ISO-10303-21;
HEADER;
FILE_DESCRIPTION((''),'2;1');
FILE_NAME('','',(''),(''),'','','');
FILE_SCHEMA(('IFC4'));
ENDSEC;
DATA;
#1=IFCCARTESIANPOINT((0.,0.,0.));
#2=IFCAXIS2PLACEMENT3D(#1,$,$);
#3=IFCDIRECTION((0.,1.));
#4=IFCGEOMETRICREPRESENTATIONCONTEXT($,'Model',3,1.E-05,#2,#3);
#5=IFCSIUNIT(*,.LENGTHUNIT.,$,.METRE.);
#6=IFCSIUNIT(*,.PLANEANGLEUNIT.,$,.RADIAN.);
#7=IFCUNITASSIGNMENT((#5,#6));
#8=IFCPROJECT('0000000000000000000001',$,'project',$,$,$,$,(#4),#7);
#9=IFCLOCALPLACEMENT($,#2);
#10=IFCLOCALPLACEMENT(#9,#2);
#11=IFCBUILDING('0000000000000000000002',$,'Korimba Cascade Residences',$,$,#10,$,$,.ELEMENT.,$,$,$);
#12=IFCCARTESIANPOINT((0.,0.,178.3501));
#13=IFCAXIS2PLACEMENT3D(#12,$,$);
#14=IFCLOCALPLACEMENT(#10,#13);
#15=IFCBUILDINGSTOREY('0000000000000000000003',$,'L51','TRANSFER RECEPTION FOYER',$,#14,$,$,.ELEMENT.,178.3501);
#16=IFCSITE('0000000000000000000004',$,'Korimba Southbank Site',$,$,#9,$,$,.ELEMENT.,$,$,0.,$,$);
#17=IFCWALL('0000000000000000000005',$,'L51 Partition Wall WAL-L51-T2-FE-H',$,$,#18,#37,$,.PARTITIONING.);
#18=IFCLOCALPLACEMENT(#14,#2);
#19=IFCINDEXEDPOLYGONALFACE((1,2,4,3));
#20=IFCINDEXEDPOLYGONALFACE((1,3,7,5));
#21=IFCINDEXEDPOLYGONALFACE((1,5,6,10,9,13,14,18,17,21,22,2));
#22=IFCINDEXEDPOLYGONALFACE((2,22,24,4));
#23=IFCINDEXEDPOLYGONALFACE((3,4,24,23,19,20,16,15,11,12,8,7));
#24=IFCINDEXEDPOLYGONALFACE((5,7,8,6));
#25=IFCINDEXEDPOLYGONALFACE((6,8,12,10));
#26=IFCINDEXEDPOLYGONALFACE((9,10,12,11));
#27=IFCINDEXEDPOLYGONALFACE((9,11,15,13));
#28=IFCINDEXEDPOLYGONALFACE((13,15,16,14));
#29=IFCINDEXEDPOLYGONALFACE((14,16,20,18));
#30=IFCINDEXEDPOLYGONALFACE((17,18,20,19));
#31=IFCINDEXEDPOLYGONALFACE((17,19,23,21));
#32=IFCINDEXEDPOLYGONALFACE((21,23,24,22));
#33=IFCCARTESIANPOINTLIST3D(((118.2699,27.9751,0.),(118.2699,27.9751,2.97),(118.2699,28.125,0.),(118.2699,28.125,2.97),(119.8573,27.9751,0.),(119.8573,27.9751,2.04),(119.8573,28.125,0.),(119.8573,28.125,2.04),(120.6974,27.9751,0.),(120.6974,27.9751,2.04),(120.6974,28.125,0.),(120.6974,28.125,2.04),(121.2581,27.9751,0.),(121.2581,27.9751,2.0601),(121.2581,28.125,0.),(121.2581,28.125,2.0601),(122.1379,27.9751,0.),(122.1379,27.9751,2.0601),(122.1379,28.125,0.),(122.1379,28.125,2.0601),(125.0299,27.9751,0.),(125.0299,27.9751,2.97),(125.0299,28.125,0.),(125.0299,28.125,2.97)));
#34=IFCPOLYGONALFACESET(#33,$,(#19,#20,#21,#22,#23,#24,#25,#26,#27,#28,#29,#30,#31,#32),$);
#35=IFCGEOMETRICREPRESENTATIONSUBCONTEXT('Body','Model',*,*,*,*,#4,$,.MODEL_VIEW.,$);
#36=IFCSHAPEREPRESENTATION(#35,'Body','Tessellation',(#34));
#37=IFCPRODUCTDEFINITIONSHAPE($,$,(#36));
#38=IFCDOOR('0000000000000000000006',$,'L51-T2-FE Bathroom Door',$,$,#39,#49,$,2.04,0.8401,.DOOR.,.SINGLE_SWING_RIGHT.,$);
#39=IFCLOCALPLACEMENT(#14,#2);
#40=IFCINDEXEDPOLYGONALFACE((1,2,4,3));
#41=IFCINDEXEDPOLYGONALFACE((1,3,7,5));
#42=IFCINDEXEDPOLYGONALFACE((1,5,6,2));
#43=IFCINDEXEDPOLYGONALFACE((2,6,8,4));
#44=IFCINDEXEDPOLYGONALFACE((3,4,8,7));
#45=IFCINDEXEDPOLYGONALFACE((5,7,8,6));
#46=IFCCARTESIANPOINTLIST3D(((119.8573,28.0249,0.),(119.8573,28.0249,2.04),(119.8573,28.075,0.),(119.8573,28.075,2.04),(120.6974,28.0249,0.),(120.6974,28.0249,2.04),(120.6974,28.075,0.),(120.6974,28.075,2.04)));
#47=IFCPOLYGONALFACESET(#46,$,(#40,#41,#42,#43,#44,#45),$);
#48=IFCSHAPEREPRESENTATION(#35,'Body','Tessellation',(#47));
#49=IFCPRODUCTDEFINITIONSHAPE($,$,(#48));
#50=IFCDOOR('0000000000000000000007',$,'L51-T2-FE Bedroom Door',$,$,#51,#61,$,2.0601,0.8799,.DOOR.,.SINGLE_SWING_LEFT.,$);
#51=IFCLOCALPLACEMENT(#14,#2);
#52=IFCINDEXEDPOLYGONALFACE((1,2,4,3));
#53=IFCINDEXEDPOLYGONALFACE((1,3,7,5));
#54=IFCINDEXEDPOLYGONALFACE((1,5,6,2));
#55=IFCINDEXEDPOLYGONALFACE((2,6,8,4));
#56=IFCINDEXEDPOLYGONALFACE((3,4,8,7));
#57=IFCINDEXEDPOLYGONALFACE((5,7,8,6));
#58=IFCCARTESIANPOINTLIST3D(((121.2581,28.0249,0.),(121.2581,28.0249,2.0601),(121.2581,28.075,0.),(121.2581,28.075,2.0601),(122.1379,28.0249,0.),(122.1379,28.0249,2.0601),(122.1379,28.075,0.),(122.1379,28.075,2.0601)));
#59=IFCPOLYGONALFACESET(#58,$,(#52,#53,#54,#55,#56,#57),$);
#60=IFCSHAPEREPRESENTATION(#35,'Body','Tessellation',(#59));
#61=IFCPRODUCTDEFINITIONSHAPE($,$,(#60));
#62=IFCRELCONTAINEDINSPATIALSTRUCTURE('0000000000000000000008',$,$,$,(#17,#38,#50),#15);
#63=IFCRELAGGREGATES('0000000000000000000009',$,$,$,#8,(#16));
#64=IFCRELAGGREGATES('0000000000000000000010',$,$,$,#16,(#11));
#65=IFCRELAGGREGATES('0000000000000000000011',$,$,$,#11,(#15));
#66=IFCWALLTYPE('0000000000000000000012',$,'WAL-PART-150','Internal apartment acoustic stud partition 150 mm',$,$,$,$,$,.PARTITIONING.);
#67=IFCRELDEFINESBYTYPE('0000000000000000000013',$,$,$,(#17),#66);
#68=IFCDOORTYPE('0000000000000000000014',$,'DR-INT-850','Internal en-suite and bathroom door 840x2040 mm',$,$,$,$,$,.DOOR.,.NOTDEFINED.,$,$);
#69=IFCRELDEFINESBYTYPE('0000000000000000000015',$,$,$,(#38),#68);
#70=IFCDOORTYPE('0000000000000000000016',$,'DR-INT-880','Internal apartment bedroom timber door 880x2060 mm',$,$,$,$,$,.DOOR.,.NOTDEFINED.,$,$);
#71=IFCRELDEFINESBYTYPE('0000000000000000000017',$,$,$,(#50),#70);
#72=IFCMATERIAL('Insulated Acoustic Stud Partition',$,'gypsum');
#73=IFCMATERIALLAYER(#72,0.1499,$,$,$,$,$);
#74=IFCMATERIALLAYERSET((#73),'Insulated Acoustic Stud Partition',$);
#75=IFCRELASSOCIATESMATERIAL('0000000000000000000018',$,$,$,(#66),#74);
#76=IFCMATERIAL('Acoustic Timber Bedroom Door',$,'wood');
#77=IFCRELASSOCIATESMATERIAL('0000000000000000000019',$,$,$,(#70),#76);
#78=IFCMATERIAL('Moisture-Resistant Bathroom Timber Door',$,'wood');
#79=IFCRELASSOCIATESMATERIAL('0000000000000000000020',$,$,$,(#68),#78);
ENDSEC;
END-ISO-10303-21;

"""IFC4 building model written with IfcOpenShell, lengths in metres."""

from ifc_helpers import new_model, si_unit, direction, frame, frame_2d, origin, place, context, subcontext, project, spatial, rectangle, extrude, material, layer, layer_set, type_object, element, fill, save


model = new_model("IFC4")

# Units and contexts
model_context = context("Model", 3, precision=1e-05, world=origin(), true_north=direction((0.0, 1.0)))
body_context = subcontext(model_context, "Body", "Model", "MODEL_VIEW")
ifc_project = project(units=[si_unit("LENGTHUNIT", "METRE"), si_unit("PLANEANGLEUNIT", "RADIAN")], contexts=[model_context])

# Site, building, storey
site_placement = place(None, origin())
site = spatial("IfcSite", under=ifc_project, at=site_placement, Name="Korimba Southbank Site", CompositionType="ELEMENT", RefElevation=0.0)
building_placement = place(site_placement, origin())
building = spatial("IfcBuilding", under=site, at=building_placement, Name="Korimba Cascade Residences", CompositionType="ELEMENT")
storey_placement = place(building_placement, frame((0.0, 0.0, 178.3501)))
storey = spatial("IfcBuildingStorey", under=building, at=storey_placement, Name="L51", Description="TRANSFER RECEPTION FOYER", CompositionType="ELEMENT", Elevation=178.3501)

# Shared definitions
ifc_material_1 = material(Name="Insulated Acoustic Stud Partition", Category="gypsum")
ifc_layer_1 = layer(ifc_material_1, 0.1499)
ifc_layer_set_1 = layer_set([ifc_layer_1], Name="Insulated Acoustic Stud Partition")
wall_type_1 = type_object("IfcWallType", Name="WAL-PART-150", Description="Internal apartment acoustic stud partition 150 mm", PredefinedType="PARTITIONING", material=ifc_layer_set_1)
ifc_material_2 = material(Name="Acoustic Timber Bedroom Door", Category="wood")
door_type_1 = type_object("IfcDoorType", Name="DR-INT-880", Description="Internal apartment bedroom timber door 880x2060 mm", OperationType="NOTDEFINED", PredefinedType="DOOR", material=ifc_material_2)
ifc_material_3 = material(Name="Moisture-Resistant Bathroom Timber Door", Category="wood")
door_type_2 = type_object("IfcDoorType", Name="DR-INT-850", Description="Internal en-suite and bathroom door 840x2040 mm", OperationType="NOTDEFINED", PredefinedType="DOOR", material=ifc_material_3)

# Wall, openings, doors
wall_1_placement = place(storey_placement, frame((118.27, 28.05, 0.0), z_axis=(0.0, 0.0, 1.0), x_axis=(1.0, 0.0, 0.0)))
wall_1 = element("IfcWall", 1, at=wall_1_placement, inside=storey, type_object=wall_type_1, Name="L51 Partition Wall WAL-L51-T2-FE-H", PredefinedType="PARTITIONING", context=body_context, shape_type="SweptSolid", body=[
    extrude(rectangle(XDim=6.76, YDim=0.1499, at=frame_2d((3.3799, 0.0))), origin(), (0.0, 0.0, 1.0), 2.97),
])
opening_1_placement = place(wall_1_placement, frame((1.5874, 0.0, 0.0)))
opening_1 = element("IfcOpeningElement", 2, at=opening_1_placement, cuts=wall_1, PredefinedType="OPENING", context=body_context, shape_type="SweptSolid", body=[
    extrude(rectangle(XDim=0.8401, YDim=2.04, at=frame_2d((0.4199, 1.02))), frame((0.0, 0.085, 0.0), z_axis=(0.0, -1.0, 0.0), x_axis=(1.0, 0.0, 0.0)), (0.0, 0.0, 1.0), 0.1699),
])
opening_2_placement = place(wall_1_placement, frame((2.988, 0.0, 0.0)))
opening_2 = element("IfcOpeningElement", 3, at=opening_2_placement, cuts=wall_1, PredefinedType="OPENING", context=body_context, shape_type="SweptSolid", body=[
    extrude(rectangle(XDim=0.8799, YDim=2.0601, at=frame_2d((0.4399, 1.03))), frame((0.0, 0.085, 0.0), z_axis=(0.0, -1.0, 0.0), x_axis=(1.0, 0.0, 0.0)), (0.0, 0.0, 1.0), 0.1699),
])
door_1_placement = place(opening_1_placement, origin())
door_1 = element("IfcDoor", 4, at=door_1_placement, inside=storey, type_object=door_type_2, Name="L51-T2-FE Bathroom Door", OperationType="SINGLE_SWING_RIGHT", OverallHeight=2.04, OverallWidth=0.8401, PredefinedType="DOOR", context=body_context, shape_type="SweptSolid", body=[
    extrude(rectangle(XDim=0.8401, YDim=2.04, at=frame_2d((0.4199, 1.02))), frame((0.0, 0.0249, 0.0), z_axis=(0.0, -1.0, 0.0), x_axis=(1.0, 0.0, 0.0)), (0.0, 0.0, 1.0), 0.05),
])
fill(opening_1, door_1)
door_2_placement = place(opening_2_placement, origin())
door_2 = element("IfcDoor", 5, at=door_2_placement, inside=storey, type_object=door_type_1, Name="L51-T2-FE Bedroom Door", OperationType="SINGLE_SWING_LEFT", OverallHeight=2.0601, OverallWidth=0.8799, PredefinedType="DOOR", context=body_context, shape_type="SweptSolid", body=[
    extrude(rectangle(XDim=0.8799, YDim=2.0601, at=frame_2d((0.4399, 1.03))), frame((0.0, 0.0249, 0.0), z_axis=(0.0, -1.0, 0.0), x_axis=(1.0, 0.0, 0.0)), (0.0, 0.0, 1.0), 0.05),
])
fill(opening_2, door_2)

save(model, "model.ifc")
